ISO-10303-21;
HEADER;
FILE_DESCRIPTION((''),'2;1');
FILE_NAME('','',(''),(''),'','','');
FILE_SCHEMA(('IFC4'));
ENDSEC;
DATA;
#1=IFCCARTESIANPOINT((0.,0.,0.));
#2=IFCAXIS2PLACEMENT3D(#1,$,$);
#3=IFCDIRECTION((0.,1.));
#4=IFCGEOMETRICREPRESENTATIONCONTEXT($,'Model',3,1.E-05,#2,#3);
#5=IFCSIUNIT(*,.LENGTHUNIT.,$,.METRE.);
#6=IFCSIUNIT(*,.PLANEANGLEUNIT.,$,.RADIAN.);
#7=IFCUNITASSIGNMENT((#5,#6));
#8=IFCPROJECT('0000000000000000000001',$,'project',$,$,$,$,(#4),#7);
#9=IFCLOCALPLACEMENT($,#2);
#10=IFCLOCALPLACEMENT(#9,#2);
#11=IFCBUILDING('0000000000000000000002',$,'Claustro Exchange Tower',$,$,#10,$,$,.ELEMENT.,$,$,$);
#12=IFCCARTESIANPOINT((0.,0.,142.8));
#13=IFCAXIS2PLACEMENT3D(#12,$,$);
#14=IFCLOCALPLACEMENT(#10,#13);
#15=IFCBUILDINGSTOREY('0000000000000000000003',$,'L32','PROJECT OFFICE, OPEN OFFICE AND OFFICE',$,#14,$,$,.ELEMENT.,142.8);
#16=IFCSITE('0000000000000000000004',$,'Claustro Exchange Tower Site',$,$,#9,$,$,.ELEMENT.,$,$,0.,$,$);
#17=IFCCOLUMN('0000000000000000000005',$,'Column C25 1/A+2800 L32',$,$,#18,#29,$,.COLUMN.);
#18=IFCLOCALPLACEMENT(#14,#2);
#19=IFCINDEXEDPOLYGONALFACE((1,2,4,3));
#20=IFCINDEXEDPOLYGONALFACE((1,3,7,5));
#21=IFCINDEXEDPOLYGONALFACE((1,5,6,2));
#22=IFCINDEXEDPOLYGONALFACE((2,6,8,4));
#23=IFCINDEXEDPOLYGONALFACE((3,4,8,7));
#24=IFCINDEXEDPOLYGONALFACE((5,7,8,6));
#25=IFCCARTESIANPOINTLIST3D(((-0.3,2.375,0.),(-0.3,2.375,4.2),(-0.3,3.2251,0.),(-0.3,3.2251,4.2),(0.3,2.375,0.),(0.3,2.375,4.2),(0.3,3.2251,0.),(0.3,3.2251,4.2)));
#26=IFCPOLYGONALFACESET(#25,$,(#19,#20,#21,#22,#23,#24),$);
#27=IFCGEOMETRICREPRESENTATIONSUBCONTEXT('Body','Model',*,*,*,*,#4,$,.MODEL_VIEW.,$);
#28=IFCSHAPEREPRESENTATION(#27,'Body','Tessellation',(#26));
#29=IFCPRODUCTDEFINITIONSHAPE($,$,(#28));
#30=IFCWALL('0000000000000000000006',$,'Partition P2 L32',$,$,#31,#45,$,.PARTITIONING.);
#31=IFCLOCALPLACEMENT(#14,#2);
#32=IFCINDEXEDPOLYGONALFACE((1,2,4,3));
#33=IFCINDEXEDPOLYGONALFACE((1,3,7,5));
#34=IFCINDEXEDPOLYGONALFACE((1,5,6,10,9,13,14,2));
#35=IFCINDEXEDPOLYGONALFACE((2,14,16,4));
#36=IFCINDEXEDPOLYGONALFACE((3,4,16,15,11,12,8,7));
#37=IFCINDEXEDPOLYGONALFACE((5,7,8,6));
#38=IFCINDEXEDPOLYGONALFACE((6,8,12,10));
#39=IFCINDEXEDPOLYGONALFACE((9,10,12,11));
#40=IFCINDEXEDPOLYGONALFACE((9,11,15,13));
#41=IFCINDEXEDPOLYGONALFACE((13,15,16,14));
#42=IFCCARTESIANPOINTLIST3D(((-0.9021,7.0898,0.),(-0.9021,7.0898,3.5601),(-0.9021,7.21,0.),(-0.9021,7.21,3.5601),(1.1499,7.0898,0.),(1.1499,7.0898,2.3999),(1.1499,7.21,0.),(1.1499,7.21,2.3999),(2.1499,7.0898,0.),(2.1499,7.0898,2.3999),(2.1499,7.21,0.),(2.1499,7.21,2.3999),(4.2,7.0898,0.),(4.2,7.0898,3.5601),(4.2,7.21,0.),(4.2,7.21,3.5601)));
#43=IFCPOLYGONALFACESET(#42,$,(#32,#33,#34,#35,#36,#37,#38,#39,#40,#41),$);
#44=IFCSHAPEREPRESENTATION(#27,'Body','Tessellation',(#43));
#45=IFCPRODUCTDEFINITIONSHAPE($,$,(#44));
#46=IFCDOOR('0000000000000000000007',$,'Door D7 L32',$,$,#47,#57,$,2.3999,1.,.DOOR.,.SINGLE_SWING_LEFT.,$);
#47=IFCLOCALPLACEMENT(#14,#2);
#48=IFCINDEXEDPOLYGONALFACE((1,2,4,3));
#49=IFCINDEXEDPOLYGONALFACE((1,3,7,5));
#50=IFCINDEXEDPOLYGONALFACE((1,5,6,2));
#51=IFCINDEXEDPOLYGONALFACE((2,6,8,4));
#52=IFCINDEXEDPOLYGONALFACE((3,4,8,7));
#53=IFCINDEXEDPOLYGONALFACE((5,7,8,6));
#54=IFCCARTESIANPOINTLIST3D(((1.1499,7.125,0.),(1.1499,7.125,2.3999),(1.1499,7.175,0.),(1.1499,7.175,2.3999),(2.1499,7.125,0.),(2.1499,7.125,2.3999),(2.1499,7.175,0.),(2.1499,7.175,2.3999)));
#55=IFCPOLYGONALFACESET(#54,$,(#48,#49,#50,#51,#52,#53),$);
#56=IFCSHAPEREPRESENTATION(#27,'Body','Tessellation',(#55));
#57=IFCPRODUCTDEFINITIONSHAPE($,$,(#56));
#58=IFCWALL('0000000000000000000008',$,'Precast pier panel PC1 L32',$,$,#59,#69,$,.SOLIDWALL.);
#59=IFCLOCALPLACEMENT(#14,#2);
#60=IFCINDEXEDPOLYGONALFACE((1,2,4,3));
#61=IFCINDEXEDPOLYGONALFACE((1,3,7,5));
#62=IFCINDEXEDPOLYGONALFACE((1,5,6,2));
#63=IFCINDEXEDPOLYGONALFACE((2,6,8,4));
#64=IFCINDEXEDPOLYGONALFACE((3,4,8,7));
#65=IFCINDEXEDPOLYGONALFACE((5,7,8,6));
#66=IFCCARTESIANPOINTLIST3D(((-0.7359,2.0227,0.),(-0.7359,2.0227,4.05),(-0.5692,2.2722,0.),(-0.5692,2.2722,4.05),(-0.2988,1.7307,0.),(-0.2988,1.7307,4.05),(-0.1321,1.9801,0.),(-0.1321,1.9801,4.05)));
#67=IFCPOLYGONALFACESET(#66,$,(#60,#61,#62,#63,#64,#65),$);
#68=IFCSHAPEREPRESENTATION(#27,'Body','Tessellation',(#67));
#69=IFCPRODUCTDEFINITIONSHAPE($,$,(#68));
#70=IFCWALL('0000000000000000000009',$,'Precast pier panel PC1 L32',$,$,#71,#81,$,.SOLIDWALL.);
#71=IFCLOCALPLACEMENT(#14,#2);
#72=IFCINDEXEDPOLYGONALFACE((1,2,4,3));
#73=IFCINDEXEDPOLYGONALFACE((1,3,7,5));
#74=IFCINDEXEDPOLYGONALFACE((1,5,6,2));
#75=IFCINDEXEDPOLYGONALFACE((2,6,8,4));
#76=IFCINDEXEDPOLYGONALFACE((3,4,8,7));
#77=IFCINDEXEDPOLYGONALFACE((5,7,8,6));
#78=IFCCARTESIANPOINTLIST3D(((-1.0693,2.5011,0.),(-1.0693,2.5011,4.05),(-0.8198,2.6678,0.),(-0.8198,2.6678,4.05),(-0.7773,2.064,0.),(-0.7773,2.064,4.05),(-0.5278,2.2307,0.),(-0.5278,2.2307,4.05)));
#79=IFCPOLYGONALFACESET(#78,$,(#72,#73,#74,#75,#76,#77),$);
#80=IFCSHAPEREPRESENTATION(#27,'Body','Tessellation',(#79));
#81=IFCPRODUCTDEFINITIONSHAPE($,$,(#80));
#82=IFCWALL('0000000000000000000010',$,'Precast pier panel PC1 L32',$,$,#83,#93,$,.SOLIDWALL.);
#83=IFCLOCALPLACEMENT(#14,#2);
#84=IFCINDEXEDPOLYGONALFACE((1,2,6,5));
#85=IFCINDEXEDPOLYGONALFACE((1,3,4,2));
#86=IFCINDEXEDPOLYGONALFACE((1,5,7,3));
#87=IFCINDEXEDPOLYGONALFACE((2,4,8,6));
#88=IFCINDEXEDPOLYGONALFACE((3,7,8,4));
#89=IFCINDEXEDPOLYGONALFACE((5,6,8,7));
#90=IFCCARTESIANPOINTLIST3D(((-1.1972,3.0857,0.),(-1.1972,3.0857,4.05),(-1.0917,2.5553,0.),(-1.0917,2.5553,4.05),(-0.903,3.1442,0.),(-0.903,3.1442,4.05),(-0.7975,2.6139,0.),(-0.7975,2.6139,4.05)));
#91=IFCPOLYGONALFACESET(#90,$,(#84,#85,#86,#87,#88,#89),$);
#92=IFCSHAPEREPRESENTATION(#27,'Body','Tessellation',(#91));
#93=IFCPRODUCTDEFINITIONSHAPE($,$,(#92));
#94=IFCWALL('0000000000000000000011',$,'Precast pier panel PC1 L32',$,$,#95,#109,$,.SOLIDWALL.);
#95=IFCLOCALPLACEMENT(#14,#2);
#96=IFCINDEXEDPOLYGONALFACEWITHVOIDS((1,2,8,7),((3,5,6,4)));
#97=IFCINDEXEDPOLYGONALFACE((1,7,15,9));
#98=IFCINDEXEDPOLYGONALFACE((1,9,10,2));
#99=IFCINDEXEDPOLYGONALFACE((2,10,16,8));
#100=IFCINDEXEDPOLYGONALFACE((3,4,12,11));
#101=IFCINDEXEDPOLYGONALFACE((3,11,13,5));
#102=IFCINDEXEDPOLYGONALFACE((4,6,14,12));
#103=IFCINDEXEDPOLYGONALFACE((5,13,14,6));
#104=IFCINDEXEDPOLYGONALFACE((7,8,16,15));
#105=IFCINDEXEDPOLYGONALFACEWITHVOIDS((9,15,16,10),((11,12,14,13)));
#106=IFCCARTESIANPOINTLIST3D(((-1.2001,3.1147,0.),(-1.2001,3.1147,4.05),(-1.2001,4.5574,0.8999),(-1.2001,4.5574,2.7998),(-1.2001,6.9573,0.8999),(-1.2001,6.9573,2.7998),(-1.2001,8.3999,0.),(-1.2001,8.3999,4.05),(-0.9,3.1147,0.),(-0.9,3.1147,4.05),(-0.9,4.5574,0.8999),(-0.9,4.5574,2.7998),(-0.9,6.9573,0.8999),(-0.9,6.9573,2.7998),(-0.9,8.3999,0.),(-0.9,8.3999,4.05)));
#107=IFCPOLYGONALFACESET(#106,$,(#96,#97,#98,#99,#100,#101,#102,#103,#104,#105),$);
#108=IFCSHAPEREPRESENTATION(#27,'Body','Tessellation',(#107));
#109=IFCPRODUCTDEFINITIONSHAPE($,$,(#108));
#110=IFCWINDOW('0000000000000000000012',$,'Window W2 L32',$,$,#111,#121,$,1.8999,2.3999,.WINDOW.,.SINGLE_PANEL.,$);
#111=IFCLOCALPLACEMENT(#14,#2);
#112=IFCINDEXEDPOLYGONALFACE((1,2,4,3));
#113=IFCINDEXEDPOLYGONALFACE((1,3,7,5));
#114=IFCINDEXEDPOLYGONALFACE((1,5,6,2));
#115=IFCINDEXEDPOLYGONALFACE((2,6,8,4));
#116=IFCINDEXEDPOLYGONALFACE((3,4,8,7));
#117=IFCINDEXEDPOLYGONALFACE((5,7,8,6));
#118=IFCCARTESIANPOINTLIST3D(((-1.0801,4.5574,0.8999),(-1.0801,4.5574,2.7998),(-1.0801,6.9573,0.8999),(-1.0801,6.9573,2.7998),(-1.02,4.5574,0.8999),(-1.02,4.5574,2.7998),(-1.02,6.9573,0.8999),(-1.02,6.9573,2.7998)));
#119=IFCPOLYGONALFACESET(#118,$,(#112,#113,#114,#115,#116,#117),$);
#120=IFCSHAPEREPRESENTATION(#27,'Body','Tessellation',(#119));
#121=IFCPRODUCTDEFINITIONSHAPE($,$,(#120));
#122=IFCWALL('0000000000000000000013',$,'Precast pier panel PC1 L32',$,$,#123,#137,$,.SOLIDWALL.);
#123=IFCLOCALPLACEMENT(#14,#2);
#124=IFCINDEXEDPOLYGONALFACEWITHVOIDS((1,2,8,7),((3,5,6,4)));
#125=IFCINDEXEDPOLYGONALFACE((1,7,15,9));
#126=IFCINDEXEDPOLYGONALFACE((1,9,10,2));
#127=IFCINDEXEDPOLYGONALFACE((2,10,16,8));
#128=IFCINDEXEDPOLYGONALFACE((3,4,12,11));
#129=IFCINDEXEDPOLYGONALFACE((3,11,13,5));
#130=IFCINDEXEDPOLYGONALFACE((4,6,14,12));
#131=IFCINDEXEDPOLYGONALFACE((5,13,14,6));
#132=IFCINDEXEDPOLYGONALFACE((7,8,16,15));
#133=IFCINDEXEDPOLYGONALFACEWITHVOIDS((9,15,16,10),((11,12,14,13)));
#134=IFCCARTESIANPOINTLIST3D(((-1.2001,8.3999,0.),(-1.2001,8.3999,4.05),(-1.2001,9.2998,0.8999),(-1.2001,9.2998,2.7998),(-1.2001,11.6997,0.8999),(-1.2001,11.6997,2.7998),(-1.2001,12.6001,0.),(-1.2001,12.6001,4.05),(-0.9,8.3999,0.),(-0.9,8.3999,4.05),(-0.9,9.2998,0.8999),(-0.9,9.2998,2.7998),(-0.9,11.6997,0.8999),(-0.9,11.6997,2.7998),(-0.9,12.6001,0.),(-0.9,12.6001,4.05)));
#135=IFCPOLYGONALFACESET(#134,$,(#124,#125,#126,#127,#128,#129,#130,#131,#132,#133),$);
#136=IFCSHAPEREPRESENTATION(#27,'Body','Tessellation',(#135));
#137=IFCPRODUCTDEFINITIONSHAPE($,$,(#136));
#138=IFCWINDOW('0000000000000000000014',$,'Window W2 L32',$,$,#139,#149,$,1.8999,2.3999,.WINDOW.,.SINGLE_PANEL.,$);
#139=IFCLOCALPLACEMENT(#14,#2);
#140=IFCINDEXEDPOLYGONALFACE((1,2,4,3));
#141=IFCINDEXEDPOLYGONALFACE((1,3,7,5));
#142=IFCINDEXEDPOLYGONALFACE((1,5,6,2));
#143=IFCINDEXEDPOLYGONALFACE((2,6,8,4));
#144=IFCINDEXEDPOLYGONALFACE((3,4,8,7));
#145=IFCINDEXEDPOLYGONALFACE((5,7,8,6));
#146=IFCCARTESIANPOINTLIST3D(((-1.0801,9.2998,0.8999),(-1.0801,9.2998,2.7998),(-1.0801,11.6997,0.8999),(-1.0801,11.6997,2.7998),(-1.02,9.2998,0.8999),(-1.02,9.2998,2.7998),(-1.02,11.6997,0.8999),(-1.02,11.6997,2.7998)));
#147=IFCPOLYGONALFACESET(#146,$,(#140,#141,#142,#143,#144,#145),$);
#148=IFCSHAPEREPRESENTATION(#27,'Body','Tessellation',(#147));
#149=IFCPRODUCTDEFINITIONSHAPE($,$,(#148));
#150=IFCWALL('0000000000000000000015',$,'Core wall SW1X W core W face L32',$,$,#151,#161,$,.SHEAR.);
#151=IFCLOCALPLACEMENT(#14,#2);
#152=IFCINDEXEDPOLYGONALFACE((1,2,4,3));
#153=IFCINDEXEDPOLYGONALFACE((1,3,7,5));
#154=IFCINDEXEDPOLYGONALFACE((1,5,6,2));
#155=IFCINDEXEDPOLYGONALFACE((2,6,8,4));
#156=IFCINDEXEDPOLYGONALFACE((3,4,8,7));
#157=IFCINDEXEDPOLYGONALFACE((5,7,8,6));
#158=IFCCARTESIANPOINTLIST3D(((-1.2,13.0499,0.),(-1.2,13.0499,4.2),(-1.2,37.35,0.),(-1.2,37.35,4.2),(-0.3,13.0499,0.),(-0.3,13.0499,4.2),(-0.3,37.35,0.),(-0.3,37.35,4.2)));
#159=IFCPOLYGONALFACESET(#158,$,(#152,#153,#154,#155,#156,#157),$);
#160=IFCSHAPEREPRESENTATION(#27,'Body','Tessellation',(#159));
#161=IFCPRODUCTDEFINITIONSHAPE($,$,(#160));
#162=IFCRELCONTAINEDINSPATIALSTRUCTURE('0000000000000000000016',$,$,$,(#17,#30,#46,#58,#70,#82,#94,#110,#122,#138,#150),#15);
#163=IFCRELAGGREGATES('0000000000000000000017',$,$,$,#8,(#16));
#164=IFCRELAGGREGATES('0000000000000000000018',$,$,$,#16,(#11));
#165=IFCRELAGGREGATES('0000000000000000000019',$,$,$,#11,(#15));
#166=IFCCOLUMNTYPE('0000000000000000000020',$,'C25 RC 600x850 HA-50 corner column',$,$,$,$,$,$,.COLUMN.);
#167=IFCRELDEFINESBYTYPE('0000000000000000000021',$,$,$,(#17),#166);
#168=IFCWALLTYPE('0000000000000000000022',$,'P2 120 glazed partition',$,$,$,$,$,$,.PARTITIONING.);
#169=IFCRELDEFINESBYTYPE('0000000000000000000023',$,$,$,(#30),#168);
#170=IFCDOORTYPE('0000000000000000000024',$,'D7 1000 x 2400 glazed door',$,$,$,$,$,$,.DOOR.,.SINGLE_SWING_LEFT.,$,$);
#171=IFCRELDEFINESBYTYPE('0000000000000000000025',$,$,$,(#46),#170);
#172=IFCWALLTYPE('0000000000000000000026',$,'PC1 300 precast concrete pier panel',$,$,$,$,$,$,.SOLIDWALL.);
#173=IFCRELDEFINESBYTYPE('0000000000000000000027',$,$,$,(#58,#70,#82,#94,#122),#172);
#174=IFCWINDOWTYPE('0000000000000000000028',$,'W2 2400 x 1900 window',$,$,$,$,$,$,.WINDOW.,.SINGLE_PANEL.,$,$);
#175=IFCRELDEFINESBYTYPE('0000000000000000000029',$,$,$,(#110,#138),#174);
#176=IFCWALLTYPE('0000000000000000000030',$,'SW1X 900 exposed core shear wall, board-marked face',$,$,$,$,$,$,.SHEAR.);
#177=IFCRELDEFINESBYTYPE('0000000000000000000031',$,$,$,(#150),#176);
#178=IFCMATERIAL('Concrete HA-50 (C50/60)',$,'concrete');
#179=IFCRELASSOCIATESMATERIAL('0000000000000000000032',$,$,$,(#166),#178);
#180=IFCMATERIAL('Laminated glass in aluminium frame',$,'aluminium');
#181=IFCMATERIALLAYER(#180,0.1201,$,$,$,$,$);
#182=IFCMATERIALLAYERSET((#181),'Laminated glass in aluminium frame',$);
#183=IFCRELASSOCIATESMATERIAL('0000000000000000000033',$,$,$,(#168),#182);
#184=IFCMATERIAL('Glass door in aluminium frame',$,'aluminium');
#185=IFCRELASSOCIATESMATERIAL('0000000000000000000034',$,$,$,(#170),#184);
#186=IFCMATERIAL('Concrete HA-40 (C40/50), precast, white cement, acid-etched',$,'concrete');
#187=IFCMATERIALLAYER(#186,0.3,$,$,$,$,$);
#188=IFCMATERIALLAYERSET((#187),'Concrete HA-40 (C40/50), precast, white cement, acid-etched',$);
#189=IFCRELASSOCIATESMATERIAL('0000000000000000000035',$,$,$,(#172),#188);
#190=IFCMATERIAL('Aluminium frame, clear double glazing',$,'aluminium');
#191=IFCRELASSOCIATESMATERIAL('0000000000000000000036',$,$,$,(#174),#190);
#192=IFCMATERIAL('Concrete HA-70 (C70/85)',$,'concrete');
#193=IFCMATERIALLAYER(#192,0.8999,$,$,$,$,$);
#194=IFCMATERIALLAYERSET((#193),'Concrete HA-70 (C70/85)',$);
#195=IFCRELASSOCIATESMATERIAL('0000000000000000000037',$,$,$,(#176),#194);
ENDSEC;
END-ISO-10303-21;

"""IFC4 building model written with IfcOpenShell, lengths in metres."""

from ifc_helpers import new_model, si_unit, direction, frame, frame_2d, origin, origin_2d, place, context, subcontext, project, spatial, rectangle, extrude, material, layer, layer_set, material_profile, profile_set, type_object, element, fill, save


model = new_model("IFC4")

# Units and contexts
model_context = context("Model", 3, precision=1e-05, world=origin(), true_north=direction((0.0, 1.0)))
body_context = subcontext(model_context, "Body", "Model", "MODEL_VIEW")
ifc_project = project(units=[si_unit("LENGTHUNIT", "METRE"), si_unit("PLANEANGLEUNIT", "RADIAN")], contexts=[model_context])

# Site, building, storey
site_placement = place(None, origin())
site = spatial("IfcSite", under=ifc_project, at=site_placement, Name="Claustro Exchange Tower Site", CompositionType="ELEMENT", RefElevation=0.0)
building_placement = place(site_placement, origin())
building = spatial("IfcBuilding", under=site, at=building_placement, Name="Claustro Exchange Tower", CompositionType="ELEMENT")
storey_placement = place(building_placement, frame((0.0, 0.0, 142.8)))
storey = spatial("IfcBuildingStorey", under=building, at=storey_placement, Name="L32", Description="PROJECT OFFICE, OPEN OFFICE AND OFFICE", CompositionType="ELEMENT", Elevation=142.8)

# Column
ifc_material_1 = material(Name="Concrete HA-50 (C50/60)", Category="concrete")
ifc_material_profile = material_profile(ifc_material_1, rectangle(XDim=0.6001, YDim=0.8501, at=origin_2d()), Name="RC 600x850")
ifc_profile_set = profile_set([ifc_material_profile], Name="Concrete HA-50 (C50/60)")
column_type = type_object("IfcColumnType", Name="C25 RC 600x850 HA-50 corner column", PredefinedType="COLUMN", material=ifc_profile_set)
column_placement = place(storey_placement, frame((0.0, 2.8, 0.0), z_axis=(0.0, 0.0, 1.0), x_axis=(1.0, 0.0, 0.0)))
element("IfcColumn", 1, at=column_placement, inside=storey, type_object=column_type, Name="Column C25 1/A+2800 L32", PredefinedType="COLUMN", context=body_context, shape_type="SweptSolid", body=[
    extrude(rectangle(XDim=0.6001, YDim=0.8501, at=origin_2d()), origin(), (0.0, 0.0, 1.0), 4.2),
])

# Wall, opening, door
ifc_material_2 = material(Name="Laminated glass in aluminium frame", Category="aluminium")
ifc_layer_1 = layer(ifc_material_2, 0.1201)
ifc_layer_set_1 = layer_set([ifc_layer_1], Name="Laminated glass in aluminium frame")
wall_type_1 = type_object("IfcWallType", Name="P2 120 glazed partition", PredefinedType="PARTITIONING", material=ifc_layer_set_1)
wall_1_placement = place(storey_placement, frame((-0.9021, 7.1499, 0.0), z_axis=(0.0, 0.0, 1.0), x_axis=(1.0, 0.0, 0.0)))
wall_1 = element("IfcWall", 2, at=wall_1_placement, inside=storey, type_object=wall_type_1, Name="Partition P2 L32", PredefinedType="PARTITIONING", context=body_context, shape_type="SweptSolid", body=[
    extrude(rectangle(XDim=5.1021, YDim=0.1201, at=frame_2d((2.551, 0.0))), origin(), (0.0, 0.0, 1.0), 3.5601),
])
opening_1_placement = place(wall_1_placement, frame((2.052, 0.0, 0.0)))
opening_1 = element("IfcOpeningElement", 3, at=opening_1_placement, cuts=wall_1, PredefinedType="OPENING", context=body_context, shape_type="SweptSolid", body=[
    extrude(rectangle(XDim=1.0, YDim=2.3999, at=frame_2d((0.5, 1.2))), frame((0.0, 0.0701, 0.0), z_axis=(0.0, -1.0, 0.0), x_axis=(1.0, 0.0, 0.0)), (0.0, 0.0, 1.0), 0.1401),
])
ifc_material_3 = material(Name="Glass door in aluminium frame", Category="aluminium")
door_type_1 = type_object("IfcDoorType", Name="D7 1000 x 2400 glazed door", OperationType="SINGLE_SWING_LEFT", PredefinedType="DOOR", material=ifc_material_3)
door_1_placement = place(opening_1_placement, frame((1.0, 0.0, 0.0), z_axis=(0.0, 0.0, 1.0), x_axis=(-1.0, 0.0, 0.0)))
door_1 = element("IfcDoor", 4, at=door_1_placement, inside=storey, type_object=door_type_1, Name="Door D7 L32", OperationType="SINGLE_SWING_LEFT", OverallHeight=2.3999, OverallWidth=1.0, PredefinedType="DOOR", context=body_context, shape_type="SweptSolid", body=[
    extrude(rectangle(XDim=1.0, YDim=2.3999, at=frame_2d((0.5, 1.2))), frame((0.0, 0.0249, 0.0), z_axis=(0.0, -1.0, 0.0), x_axis=(1.0, 0.0, 0.0)), (0.0, 0.0, 1.0), 0.05),
])
fill(opening_1, door_1)

# Walls
ifc_material_4 = material(Name="Concrete HA-40 (C40/50), precast, white cement, acid-etched", Category="concrete")
ifc_layer_2 = layer(ifc_material_4, 0.3)
ifc_layer_set_2 = layer_set([ifc_layer_2], Name="Concrete HA-40 (C40/50), precast, white cement, acid-etched")
wall_type_2 = type_object("IfcWallType", Name="PC1 300 precast concrete pier panel", PredefinedType="SOLIDWALL", material=ifc_layer_set_2)
for number, where, z_axis, x_axis, name in (
    (5, (-0.2156, 1.8555, 0.0), (0.0, 0.0, 1.0), (-0.831478, 0.555557, 0.0), "Precast pier panel PC1 L32"),
    (6, (-0.6526, 2.1475, 0.0), (0.0, 0.0, 1.0), (-0.555557, 0.831478, 0.0), "Precast pier panel PC1 L32"),
):
    element("IfcWall", number, at=place(storey_placement, frame(where, z_axis=z_axis, x_axis=x_axis)), inside=storey, type_object=wall_type_2, Name=name, PredefinedType="SOLIDWALL", context=body_context, shape_type="SweptSolid", body=[
        extrude(rectangle(XDim=0.5256, YDim=0.3, at=frame_2d((0.2627, 0.0))), origin(), (0.0, 0.0, 1.0), 4.05),
    ])
wall_2_placement = place(storey_placement, frame((-0.9446, 2.5845, 0.0), z_axis=(0.0, 0.0, 1.0), x_axis=(-0.195074, 0.980789, 0.0)))
element("IfcWall", 7, at=wall_2_placement, inside=storey, type_object=wall_type_2, Name="Precast pier panel PC1 L32", PredefinedType="SOLIDWALL", context=body_context, shape_type="SweptSolid", body=[
    extrude(rectangle(XDim=0.5408, YDim=0.3, at=frame_2d((0.2705, 0.0))), origin(), (0.0, 0.0, 1.0), 4.05),
])

# Walls, openings, windows
wall_3_placement = place(storey_placement, frame((-1.05, 3.1147, 0.0), z_axis=(0.0, 0.0, 1.0), x_axis=(0.0, 1.0, 0.0)))
wall_3 = element("IfcWall", 8, at=wall_3_placement, inside=storey, type_object=wall_type_2, Name="Precast pier panel PC1 L32", PredefinedType="SOLIDWALL", context=body_context, shape_type="SweptSolid", body=[
    extrude(rectangle(XDim=5.2852, YDim=0.3, at=frame_2d((2.6426, 0.0))), origin(), (0.0, 0.0, 1.0), 4.05),
])
opening_2_placement = place(wall_3_placement, frame((1.4426, 0.0, 0.8999)))
opening_2 = element("IfcOpeningElement", 9, at=opening_2_placement, cuts=wall_3, PredefinedType="OPENING", context=body_context, shape_type="SweptSolid", body=[
    extrude(rectangle(XDim=2.3999, YDim=1.8999, at=frame_2d((1.2, 0.95))), frame((0.0, 0.1599, 0.0), z_axis=(0.0, -1.0, 0.0), x_axis=(1.0, 0.0, 0.0)), (0.0, 0.0, 1.0), 0.3201),
])
ifc_material_5 = material(Name="Aluminium frame, clear double glazing", Category="aluminium")
window_type = type_object("IfcWindowType", Name="W2 2400 x 1900 window", PartitioningType="SINGLE_PANEL", PredefinedType="WINDOW", material=ifc_material_5)
window_1_placement = place(opening_2_placement, origin())
window_1 = element("IfcWindow", 10, at=window_1_placement, inside=storey, type_object=window_type, Name="Window W2 L32", OverallHeight=1.8999, OverallWidth=2.3999, PartitioningType="SINGLE_PANEL", PredefinedType="WINDOW", context=body_context, shape_type="SweptSolid", body=[
    extrude(rectangle(XDim=2.3999, YDim=1.8999, at=frame_2d((1.2, 0.95))), frame((0.0, 0.03, 0.0), z_axis=(0.0, -1.0, 0.0), x_axis=(1.0, 0.0, 0.0)), (0.0, 0.0, 1.0), 0.0601),
])
fill(opening_2, window_1)
wall_4_placement = place(storey_placement, frame((-1.05, 8.3999, 0.0), z_axis=(0.0, 0.0, 1.0), x_axis=(0.0, 1.0, 0.0)))
wall_4 = element("IfcWall", 11, at=wall_4_placement, inside=storey, type_object=wall_type_2, Name="Precast pier panel PC1 L32", PredefinedType="SOLIDWALL", context=body_context, shape_type="SweptSolid", body=[
    extrude(rectangle(XDim=4.2002, YDim=0.3, at=frame_2d((2.1001, 0.0))), origin(), (0.0, 0.0, 1.0), 4.05),
])
opening_3_placement = place(wall_4_placement, frame((0.8999, 0.0, 0.8999)))
opening_3 = element("IfcOpeningElement", 12, at=opening_3_placement, cuts=wall_4, PredefinedType="OPENING", context=body_context, shape_type="SweptSolid", body=[
    extrude(rectangle(XDim=2.3999, YDim=1.8999, at=frame_2d((1.2, 0.95))), frame((0.0, 0.1599, 0.0), z_axis=(0.0, -1.0, 0.0), x_axis=(1.0, 0.0, 0.0)), (0.0, 0.0, 1.0), 0.3201),
])
window_2_placement = place(opening_3_placement, origin())
window_2 = element("IfcWindow", 13, at=window_2_placement, inside=storey, type_object=window_type, Name="Window W2 L32", OverallHeight=1.8999, OverallWidth=2.3999, PartitioningType="SINGLE_PANEL", PredefinedType="WINDOW", context=body_context, shape_type="SweptSolid", body=[
    extrude(rectangle(XDim=2.3999, YDim=1.8999, at=frame_2d((1.2, 0.95))), frame((0.0, 0.03, 0.0), z_axis=(0.0, -1.0, 0.0), x_axis=(1.0, 0.0, 0.0)), (0.0, 0.0, 1.0), 0.0601),
])
fill(opening_3, window_2)

# Wall
ifc_material_6 = material(Name="Concrete HA-70 (C70/85)", Category="concrete")
ifc_layer_3 = layer(ifc_material_6, 0.8999)
ifc_layer_set_3 = layer_set([ifc_layer_3], Name="Concrete HA-70 (C70/85)")
wall_type_3 = type_object("IfcWallType", Name="SW1X 900 exposed core shear wall, board-marked face", PredefinedType="SHEAR", material=ifc_layer_set_3)
wall_5_placement = place(storey_placement, frame((-0.75, 13.05, 0.0), z_axis=(0.0, 0.0, 1.0), x_axis=(0.0, 1.0, 0.0)))
element("IfcWall", 14, at=wall_5_placement, inside=storey, type_object=wall_type_3, Name="Core wall SW1X W core W face L32", PredefinedType="SHEAR", context=body_context, shape_type="SweptSolid", body=[
    extrude(rectangle(XDim=24.3, YDim=0.8999, at=frame_2d((12.1499, 0.0))), origin(), (0.0, 0.0, 1.0), 4.2),
])

save(model, "model.ifc")
